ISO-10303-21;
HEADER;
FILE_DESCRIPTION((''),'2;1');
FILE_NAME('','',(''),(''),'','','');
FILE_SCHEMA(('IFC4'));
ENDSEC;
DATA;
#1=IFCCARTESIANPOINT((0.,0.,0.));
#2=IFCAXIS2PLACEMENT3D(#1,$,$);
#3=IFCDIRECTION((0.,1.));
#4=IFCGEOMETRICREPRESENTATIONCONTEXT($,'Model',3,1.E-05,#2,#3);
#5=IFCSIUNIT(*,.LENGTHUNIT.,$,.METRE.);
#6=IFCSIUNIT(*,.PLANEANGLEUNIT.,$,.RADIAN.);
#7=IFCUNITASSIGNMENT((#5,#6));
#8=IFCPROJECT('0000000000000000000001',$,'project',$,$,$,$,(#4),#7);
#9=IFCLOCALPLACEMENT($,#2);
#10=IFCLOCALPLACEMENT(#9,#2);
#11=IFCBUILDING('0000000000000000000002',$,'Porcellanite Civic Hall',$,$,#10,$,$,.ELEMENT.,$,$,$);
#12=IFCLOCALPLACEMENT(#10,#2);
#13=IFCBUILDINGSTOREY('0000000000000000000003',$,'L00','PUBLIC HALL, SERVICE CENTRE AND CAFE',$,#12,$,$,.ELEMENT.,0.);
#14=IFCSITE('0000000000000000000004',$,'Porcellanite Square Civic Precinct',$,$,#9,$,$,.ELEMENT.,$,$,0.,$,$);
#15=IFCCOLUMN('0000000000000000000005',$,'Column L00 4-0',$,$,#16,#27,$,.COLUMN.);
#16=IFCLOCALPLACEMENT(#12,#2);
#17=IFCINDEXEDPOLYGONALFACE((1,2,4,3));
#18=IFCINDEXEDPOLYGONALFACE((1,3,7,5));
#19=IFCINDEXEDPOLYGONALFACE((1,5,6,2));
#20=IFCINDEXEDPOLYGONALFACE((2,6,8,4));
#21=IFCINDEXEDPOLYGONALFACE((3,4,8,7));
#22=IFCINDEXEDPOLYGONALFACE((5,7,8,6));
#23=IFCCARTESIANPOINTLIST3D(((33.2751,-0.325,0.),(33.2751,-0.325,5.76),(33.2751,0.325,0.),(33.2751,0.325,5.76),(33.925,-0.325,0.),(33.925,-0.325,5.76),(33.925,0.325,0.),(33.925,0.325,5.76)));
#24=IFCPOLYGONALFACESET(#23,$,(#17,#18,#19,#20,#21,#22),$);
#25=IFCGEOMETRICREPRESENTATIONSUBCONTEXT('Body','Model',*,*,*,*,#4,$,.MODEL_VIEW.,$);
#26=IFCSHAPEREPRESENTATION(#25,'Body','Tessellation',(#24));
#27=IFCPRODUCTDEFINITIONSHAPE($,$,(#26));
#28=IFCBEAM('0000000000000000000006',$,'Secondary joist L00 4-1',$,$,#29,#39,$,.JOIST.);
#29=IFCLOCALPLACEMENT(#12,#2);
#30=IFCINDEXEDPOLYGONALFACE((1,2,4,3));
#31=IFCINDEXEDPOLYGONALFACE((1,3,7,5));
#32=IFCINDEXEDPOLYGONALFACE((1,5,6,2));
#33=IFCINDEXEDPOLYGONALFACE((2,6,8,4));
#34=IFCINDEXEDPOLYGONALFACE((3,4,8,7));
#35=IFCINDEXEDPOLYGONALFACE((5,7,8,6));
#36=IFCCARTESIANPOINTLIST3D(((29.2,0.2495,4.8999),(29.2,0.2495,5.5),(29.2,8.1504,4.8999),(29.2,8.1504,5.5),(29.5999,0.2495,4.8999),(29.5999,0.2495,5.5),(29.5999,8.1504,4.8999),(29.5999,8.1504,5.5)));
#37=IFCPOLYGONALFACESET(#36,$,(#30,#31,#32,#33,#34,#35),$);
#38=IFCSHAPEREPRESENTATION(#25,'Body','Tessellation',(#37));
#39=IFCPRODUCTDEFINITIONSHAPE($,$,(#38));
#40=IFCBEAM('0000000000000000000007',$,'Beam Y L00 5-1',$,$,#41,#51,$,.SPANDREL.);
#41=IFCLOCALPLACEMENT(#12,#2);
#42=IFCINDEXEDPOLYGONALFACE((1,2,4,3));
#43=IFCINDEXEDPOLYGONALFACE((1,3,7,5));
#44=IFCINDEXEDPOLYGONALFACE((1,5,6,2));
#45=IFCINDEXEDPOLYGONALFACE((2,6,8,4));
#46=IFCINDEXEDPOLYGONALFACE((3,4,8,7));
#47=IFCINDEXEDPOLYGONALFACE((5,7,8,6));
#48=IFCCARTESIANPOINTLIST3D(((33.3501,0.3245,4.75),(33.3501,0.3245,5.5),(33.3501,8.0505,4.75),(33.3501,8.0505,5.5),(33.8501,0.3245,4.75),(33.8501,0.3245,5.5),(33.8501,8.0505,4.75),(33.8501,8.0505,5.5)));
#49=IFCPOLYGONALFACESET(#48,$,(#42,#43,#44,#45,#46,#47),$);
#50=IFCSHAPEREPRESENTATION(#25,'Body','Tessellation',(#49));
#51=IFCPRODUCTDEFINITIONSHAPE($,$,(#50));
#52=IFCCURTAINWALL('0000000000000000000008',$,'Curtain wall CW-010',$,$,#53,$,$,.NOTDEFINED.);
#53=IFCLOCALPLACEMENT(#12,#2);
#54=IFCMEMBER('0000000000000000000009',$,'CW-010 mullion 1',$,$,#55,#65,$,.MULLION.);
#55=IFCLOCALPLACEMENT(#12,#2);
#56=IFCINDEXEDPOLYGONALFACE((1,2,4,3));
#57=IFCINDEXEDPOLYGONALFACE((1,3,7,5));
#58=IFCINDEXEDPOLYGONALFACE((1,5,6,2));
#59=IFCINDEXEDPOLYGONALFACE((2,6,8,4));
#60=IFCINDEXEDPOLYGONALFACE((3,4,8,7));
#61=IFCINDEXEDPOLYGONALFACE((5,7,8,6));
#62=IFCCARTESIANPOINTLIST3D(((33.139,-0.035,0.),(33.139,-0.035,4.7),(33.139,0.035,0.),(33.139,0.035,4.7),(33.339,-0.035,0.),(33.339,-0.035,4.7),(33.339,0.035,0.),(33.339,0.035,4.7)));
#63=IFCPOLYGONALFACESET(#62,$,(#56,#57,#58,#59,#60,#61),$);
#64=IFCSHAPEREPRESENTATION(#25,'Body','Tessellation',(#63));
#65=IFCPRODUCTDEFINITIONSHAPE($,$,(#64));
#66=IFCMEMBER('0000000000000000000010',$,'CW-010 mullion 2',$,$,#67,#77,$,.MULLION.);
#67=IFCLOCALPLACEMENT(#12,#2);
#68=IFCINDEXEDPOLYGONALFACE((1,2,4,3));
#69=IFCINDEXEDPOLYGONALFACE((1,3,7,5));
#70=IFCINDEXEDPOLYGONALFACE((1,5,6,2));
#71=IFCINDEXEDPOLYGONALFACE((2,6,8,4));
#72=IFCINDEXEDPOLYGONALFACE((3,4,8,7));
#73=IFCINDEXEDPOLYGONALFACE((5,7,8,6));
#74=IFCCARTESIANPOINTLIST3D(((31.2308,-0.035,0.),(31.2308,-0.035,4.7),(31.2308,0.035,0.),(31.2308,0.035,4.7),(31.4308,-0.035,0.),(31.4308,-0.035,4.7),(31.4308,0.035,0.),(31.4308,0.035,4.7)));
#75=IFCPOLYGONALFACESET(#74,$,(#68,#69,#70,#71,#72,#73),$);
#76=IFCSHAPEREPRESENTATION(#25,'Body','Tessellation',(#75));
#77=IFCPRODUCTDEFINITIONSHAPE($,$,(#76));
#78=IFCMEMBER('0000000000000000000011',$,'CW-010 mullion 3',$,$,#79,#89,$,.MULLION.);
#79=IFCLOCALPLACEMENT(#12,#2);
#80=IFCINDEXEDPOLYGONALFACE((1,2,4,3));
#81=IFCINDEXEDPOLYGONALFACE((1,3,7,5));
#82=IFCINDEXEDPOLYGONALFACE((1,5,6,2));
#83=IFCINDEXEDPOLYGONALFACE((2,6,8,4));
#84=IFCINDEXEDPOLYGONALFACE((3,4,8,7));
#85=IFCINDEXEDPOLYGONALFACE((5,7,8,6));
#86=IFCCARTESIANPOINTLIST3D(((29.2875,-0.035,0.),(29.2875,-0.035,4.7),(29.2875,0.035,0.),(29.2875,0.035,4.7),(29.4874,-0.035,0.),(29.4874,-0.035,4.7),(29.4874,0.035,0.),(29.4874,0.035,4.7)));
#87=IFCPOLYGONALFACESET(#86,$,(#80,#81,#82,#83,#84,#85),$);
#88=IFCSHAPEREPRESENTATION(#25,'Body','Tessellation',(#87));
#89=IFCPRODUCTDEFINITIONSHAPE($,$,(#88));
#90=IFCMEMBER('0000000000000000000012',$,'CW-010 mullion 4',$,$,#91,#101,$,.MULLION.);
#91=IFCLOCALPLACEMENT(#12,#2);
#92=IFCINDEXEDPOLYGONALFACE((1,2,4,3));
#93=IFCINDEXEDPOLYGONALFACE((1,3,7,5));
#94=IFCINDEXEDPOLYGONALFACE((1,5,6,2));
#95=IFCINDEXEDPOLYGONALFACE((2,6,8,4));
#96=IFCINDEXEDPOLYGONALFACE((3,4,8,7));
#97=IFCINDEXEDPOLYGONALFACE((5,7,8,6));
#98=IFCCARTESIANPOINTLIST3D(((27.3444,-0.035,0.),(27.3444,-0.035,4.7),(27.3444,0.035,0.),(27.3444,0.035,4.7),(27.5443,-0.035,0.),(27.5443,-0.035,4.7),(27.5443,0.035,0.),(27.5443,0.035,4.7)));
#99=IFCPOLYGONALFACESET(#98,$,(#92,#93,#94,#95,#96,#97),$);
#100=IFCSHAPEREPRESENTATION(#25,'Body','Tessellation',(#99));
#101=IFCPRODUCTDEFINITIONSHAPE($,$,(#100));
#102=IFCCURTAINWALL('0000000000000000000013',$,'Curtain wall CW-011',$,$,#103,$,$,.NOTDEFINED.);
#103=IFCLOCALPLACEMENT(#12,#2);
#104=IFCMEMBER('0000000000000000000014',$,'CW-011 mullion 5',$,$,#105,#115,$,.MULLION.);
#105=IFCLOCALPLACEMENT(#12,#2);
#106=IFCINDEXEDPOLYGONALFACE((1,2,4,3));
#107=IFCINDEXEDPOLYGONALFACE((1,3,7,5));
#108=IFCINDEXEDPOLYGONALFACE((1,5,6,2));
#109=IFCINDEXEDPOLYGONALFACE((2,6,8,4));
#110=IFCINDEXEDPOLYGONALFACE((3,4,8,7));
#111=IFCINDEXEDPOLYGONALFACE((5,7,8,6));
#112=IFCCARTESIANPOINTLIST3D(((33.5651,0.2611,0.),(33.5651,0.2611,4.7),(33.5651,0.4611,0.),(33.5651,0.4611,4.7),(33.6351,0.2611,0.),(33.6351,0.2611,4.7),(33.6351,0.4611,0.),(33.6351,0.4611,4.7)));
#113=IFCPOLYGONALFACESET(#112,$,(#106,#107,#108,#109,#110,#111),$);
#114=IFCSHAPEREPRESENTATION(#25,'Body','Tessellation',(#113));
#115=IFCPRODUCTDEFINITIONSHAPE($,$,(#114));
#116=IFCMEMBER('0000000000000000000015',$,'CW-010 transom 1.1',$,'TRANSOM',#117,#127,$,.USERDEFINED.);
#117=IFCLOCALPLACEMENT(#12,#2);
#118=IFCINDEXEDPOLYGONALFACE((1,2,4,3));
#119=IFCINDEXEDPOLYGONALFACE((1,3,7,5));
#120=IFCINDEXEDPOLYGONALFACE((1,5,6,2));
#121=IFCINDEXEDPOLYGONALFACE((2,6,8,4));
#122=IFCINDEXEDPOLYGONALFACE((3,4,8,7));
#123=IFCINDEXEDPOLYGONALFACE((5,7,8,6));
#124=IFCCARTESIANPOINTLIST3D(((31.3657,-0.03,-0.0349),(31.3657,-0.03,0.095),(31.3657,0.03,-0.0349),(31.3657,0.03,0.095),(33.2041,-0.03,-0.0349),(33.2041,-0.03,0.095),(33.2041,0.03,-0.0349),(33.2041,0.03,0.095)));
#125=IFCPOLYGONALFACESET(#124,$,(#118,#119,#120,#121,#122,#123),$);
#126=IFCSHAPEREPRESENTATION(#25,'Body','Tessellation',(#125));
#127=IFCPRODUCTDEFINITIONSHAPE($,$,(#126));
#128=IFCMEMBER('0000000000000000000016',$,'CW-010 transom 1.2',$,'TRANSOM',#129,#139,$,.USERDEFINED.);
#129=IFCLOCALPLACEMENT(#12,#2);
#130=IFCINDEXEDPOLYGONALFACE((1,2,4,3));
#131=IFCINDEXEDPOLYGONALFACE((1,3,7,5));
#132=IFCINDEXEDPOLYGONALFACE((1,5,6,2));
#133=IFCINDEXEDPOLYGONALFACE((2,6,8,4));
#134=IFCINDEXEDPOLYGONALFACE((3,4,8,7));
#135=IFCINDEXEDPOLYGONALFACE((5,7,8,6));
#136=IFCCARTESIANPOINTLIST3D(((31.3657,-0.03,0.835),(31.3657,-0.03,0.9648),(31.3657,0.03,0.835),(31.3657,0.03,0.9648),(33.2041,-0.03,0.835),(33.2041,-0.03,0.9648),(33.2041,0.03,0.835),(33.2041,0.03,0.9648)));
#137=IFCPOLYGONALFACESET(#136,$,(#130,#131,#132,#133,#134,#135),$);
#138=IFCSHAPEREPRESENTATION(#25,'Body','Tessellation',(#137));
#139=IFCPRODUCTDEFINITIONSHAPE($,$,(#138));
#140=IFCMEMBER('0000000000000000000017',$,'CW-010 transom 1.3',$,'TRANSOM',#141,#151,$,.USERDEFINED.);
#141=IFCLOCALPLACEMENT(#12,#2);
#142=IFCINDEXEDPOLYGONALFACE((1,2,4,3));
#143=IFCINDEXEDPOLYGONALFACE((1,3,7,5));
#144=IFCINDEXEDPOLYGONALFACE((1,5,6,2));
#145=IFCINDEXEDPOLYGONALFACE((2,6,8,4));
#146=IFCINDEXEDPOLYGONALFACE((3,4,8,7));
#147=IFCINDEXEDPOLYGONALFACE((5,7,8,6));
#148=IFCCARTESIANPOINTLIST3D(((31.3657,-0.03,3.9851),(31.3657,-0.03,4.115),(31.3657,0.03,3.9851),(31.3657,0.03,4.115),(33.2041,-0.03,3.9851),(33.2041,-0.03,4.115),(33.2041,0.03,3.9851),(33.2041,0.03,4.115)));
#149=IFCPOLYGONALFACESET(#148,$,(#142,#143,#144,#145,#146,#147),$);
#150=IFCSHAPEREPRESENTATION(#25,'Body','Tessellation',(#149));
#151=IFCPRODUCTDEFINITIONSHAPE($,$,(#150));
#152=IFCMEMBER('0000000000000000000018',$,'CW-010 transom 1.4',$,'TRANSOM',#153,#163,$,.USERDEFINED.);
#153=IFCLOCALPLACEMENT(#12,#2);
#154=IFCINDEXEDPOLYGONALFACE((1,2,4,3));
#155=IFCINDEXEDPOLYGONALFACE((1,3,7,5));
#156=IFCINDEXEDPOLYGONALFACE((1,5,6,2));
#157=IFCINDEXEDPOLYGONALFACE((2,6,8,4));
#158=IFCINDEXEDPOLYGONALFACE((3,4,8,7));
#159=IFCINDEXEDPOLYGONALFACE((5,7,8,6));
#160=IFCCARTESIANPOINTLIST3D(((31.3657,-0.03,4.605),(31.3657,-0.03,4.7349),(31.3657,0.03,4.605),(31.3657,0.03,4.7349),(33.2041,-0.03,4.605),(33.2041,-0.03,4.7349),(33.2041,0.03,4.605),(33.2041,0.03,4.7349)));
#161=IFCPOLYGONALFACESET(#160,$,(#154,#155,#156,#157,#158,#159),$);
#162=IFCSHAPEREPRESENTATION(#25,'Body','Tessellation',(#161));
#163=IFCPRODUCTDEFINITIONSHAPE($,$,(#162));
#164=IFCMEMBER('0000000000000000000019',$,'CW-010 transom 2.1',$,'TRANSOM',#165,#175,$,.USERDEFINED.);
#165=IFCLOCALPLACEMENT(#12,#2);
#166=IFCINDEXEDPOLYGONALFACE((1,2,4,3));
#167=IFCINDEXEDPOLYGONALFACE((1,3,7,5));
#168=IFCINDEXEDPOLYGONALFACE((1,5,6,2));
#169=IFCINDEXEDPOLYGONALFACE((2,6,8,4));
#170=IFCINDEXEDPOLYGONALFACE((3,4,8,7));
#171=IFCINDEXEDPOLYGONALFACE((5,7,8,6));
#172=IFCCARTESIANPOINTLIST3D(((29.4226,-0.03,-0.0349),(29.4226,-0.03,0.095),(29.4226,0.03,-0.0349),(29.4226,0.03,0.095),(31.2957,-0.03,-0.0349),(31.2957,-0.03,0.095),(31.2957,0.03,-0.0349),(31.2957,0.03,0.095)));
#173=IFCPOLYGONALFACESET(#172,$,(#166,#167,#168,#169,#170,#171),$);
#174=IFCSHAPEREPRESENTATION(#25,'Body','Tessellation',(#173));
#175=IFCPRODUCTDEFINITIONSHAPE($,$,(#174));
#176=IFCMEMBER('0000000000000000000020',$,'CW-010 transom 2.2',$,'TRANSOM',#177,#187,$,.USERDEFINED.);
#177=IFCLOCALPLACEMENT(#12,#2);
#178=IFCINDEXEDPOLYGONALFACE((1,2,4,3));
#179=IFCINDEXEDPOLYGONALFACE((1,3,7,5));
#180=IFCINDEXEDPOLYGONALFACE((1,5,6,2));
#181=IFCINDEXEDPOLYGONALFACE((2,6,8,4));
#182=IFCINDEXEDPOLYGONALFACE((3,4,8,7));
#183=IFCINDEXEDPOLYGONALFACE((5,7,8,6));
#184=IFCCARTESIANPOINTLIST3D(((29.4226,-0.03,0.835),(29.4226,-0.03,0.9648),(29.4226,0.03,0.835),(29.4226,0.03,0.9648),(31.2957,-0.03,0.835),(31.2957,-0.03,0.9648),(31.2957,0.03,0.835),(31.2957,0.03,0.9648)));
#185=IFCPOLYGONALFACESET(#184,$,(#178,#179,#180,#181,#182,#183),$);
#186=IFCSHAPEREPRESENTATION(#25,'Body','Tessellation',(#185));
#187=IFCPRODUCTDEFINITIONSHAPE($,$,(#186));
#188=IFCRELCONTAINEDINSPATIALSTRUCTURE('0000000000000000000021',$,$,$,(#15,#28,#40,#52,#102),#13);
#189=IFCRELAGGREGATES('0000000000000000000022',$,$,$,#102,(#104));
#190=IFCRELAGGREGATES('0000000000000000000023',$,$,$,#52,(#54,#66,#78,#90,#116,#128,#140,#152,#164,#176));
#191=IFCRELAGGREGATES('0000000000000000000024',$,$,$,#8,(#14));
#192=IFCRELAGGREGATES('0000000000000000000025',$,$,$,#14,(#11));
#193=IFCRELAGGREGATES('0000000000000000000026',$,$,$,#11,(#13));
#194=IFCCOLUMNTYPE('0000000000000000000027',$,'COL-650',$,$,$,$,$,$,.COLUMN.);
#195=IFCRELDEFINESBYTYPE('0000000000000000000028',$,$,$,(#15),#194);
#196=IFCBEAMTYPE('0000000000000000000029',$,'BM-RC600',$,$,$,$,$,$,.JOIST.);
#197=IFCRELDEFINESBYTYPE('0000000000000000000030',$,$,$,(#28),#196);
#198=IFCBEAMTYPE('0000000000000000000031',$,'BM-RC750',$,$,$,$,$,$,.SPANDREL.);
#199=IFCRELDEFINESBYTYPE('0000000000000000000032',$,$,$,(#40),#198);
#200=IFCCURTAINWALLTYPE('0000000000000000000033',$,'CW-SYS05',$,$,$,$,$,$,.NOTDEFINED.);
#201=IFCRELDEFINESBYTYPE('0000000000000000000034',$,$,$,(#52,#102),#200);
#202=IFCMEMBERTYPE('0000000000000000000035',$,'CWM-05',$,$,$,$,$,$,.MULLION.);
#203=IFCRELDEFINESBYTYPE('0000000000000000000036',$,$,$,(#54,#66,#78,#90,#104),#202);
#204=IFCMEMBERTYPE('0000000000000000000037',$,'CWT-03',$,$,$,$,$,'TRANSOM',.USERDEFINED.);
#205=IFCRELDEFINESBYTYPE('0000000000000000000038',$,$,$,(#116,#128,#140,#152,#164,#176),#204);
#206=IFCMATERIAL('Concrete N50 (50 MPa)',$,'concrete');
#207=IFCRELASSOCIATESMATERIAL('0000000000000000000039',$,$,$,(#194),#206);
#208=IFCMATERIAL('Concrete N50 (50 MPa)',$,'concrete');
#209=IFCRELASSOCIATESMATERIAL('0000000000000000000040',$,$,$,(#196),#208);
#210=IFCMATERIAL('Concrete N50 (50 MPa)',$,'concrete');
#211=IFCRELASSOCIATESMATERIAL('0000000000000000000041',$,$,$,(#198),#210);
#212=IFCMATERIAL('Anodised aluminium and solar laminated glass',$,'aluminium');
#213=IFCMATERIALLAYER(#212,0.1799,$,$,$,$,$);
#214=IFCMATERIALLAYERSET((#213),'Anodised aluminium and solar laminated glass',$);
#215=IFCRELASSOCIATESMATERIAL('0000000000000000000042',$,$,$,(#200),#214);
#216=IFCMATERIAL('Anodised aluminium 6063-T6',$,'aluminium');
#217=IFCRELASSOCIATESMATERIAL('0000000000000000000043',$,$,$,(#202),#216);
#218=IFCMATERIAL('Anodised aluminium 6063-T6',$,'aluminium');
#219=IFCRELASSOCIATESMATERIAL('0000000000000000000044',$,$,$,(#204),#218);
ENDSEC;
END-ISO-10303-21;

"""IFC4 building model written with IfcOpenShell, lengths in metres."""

from ifc_helpers import new_model, si_unit, direction, frame, origin, origin_2d, place, context, subcontext, project, spatial, rectangle, extrude, material, layer, layer_set, material_profile, profile_set, type_object, element, aggregate, save


model = new_model("IFC4")

# Units and contexts
model_context = context("Model", 3, precision=1e-05, world=origin(), true_north=direction((0.0, 1.0)))
body_context = subcontext(model_context, "Body", "Model", "MODEL_VIEW")
ifc_project = project(units=[si_unit("LENGTHUNIT", "METRE"), si_unit("PLANEANGLEUNIT", "RADIAN")], contexts=[model_context])

# Site, building, storey
site_placement = place(None, origin())
site = spatial("IfcSite", under=ifc_project, at=site_placement, Name="Porcellanite Square Civic Precinct", CompositionType="ELEMENT", RefElevation=0.0)
building_placement = place(site_placement, origin())
building = spatial("IfcBuilding", under=site, at=building_placement, Name="Porcellanite Civic Hall", CompositionType="ELEMENT")
storey_placement = place(building_placement, origin())
storey = spatial("IfcBuildingStorey", under=building, at=storey_placement, Name="L00", Description="PUBLIC HALL, SERVICE CENTRE AND CAFE", CompositionType="ELEMENT", Elevation=0.0)

# Column
ifc_material_1 = material(Name="Concrete N50 (50 MPa)", Category="concrete")
ifc_material_profile_1 = material_profile(ifc_material_1, rectangle(XDim=0.6499, YDim=0.6499, at=origin_2d()), Name="RC-650x650")
ifc_profile_set_1 = profile_set([ifc_material_profile_1], Name="Concrete N50 (50 MPa)")
column_type = type_object("IfcColumnType", Name="COL-650", PredefinedType="COLUMN", material=ifc_profile_set_1)
column_placement = place(storey_placement, frame((33.6001, 0.0, 0.0), z_axis=(0.0, 0.0, 1.0), x_axis=(1.0, 0.0, 0.0)))
element("IfcColumn", 1, at=column_placement, inside=storey, type_object=column_type, Name="Column L00 4-0", PredefinedType="COLUMN", context=body_context, shape_type="SweptSolid", body=[
    extrude(rectangle(XDim=0.6499, YDim=0.6499, at=origin_2d()), origin(), (0.0, 0.0, 1.0), 5.76),
])

# Beams
ifc_material_2 = material(Name="Concrete N50 (50 MPa)", Category="concrete")
ifc_material_profile_2 = material_profile(ifc_material_2, rectangle(XDim=0.3999, YDim=0.6001, at=origin_2d()), Name="RC-400x600")
ifc_profile_set_2 = profile_set([ifc_material_profile_2], Name="Concrete N50 (50 MPa)")
beam_type_1 = type_object("IfcBeamType", Name="BM-RC600", PredefinedType="JOIST", material=ifc_profile_set_2)
beam_1_placement = place(storey_placement, frame((29.3999, 0.2495, 5.2), z_axis=(0.0, 1.0, 0.0), x_axis=(-1.0, 0.0, 0.0)))
element("IfcBeam", 2, at=beam_1_placement, inside=storey, type_object=beam_type_1, Name="Secondary joist L00 4-1", PredefinedType="JOIST", context=body_context, shape_type="SweptSolid", body=[
    extrude(rectangle(XDim=0.3999, YDim=0.6001, at=origin_2d()), origin(), (0.0, 0.0, 1.0), 7.9009),
])
ifc_material_3 = material(Name="Concrete N50 (50 MPa)", Category="concrete")
ifc_material_profile_3 = material_profile(ifc_material_3, rectangle(XDim=0.5, YDim=0.75, at=origin_2d()), Name="RC-500x750")
ifc_profile_set_3 = profile_set([ifc_material_profile_3], Name="Concrete N50 (50 MPa)")
beam_type_2 = type_object("IfcBeamType", Name="BM-RC750", PredefinedType="SPANDREL", material=ifc_profile_set_3)
beam_2_placement = place(storey_placement, frame((33.6001, 0.3245, 5.125), z_axis=(0.0, 1.0, 0.0), x_axis=(-1.0, 0.0, 0.0)))
element("IfcBeam", 3, at=beam_2_placement, inside=storey, type_object=beam_type_2, Name="Beam Y L00 5-1", PredefinedType="SPANDREL", context=body_context, shape_type="SweptSolid", body=[
    extrude(rectangle(XDim=0.5, YDim=0.75, at=origin_2d()), origin(), (0.0, 0.0, 1.0), 7.7261),
])

# Curtain wall, members
ifc_material_4 = material(Name="Anodised aluminium and solar laminated glass", Category="aluminium")
ifc_layer_1 = layer(ifc_material_4, 0.1799)
ifc_layer_set_1 = layer_set([ifc_layer_1], Name="Anodised aluminium and solar laminated glass")
curtain_wall_type = type_object("IfcCurtainWallType", Name="CW-SYS05", PredefinedType="NOTDEFINED", material=ifc_layer_set_1)
curtain_wall_1_placement = place(storey_placement, origin())
curtain_wall_1 = element("IfcCurtainWall", 4, at=curtain_wall_1_placement, inside=storey, type_object=curtain_wall_type, Name="Curtain wall CW-010", PredefinedType="NOTDEFINED")
ifc_material_5 = material(Name="Anodised aluminium 6063-T6", Category="aluminium")
ifc_material_profile_4 = material_profile(ifc_material_5, rectangle(XDim=0.0701, YDim=0.2, at=origin_2d()), Name="AL-70x200")
ifc_profile_set_4 = profile_set([ifc_material_profile_4], Name="Anodised aluminium 6063-T6")
member_type_1 = type_object("IfcMemberType", Name="CWM-05", PredefinedType="MULLION", material=ifc_profile_set_4)
member_1_placement = place(storey_placement, frame((33.239, 0.0, 0.0), z_axis=(0.0, 0.0, 1.0), x_axis=(0.0, -1.0, 0.0)))
member_1 = element("IfcMember", 5, at=member_1_placement, type_object=member_type_1, Name="CW-010 mullion 1", PredefinedType="MULLION", context=body_context, shape_type="SweptSolid", body=[
    extrude(rectangle(XDim=0.0701, YDim=0.2, at=origin_2d()), origin(), (0.0, 0.0, 1.0), 4.7),
])
member_2_placement = place(storey_placement, frame((31.3308, 0.0, 0.0), z_axis=(0.0, 0.0, 1.0), x_axis=(0.0, -1.0, 0.0)))
member_2 = element("IfcMember", 6, at=member_2_placement, type_object=member_type_1, Name="CW-010 mullion 2", PredefinedType="MULLION", context=body_context, shape_type="SweptSolid", body=[
    extrude(rectangle(XDim=0.0701, YDim=0.2, at=origin_2d()), origin(), (0.0, 0.0, 1.0), 4.7),
])
member_3_placement = place(storey_placement, frame((29.3875, 0.0, 0.0), z_axis=(0.0, 0.0, 1.0), x_axis=(0.0, -1.0, 0.0)))
member_3 = element("IfcMember", 7, at=member_3_placement, type_object=member_type_1, Name="CW-010 mullion 3", PredefinedType="MULLION", context=body_context, shape_type="SweptSolid", body=[
    extrude(rectangle(XDim=0.0701, YDim=0.2, at=origin_2d()), origin(), (0.0, 0.0, 1.0), 4.7),
])
member_4_placement = place(storey_placement, frame((27.4443, 0.0, 0.0), z_axis=(0.0, 0.0, 1.0), x_axis=(0.0, -1.0, 0.0)))
member_4 = element("IfcMember", 8, at=member_4_placement, type_object=member_type_1, Name="CW-010 mullion 4", PredefinedType="MULLION", context=body_context, shape_type="SweptSolid", body=[
    extrude(rectangle(XDim=0.0701, YDim=0.2, at=origin_2d()), origin(), (0.0, 0.0, 1.0), 4.7),
])

# Curtain wall, member
curtain_wall_2_placement = place(storey_placement, origin())
curtain_wall_2 = element("IfcCurtainWall", 9, at=curtain_wall_2_placement, inside=storey, type_object=curtain_wall_type, Name="Curtain wall CW-011", PredefinedType="NOTDEFINED")
member_5_placement = place(storey_placement, frame((33.6001, 0.3611, 0.0), z_axis=(0.0, 0.0, 1.0), x_axis=(1.0, 0.0, 0.0)))
member_5 = element("IfcMember", 10, at=member_5_placement, type_object=member_type_1, Name="CW-011 mullion 5", PredefinedType="MULLION", context=body_context, shape_type="SweptSolid", body=[
    extrude(rectangle(XDim=0.0701, YDim=0.2, at=origin_2d()), origin(), (0.0, 0.0, 1.0), 4.7),
])
aggregate(curtain_wall_2, [member_5])

# Members
ifc_material_6 = material(Name="Anodised aluminium 6063-T6", Category="aluminium")
ifc_material_profile_5 = material_profile(ifc_material_6, rectangle(XDim=0.0601, YDim=0.1299, at=origin_2d()), Name="AL-60x130")
ifc_profile_set_5 = profile_set([ifc_material_profile_5], Name="Anodised aluminium 6063-T6")
member_type_2 = type_object("IfcMemberType", Name="CWT-03", ElementType="TRANSOM", PredefinedType="USERDEFINED", material=ifc_profile_set_5)
member_6_placement = place(storey_placement, frame((33.2041, 0.0, 0.03), z_axis=(-1.0, 0.0, 0.0), x_axis=(0.0, -1.0, 0.0)))
member_6 = element("IfcMember", 11, at=member_6_placement, type_object=member_type_2, Name="CW-010 transom 1.1", ObjectType="TRANSOM", PredefinedType="USERDEFINED", context=body_context, shape_type="SweptSolid", body=[
    extrude(rectangle(XDim=0.0601, YDim=0.1299, at=origin_2d()), origin(), (0.0, 0.0, 1.0), 1.8384),
])
member_7_placement = place(storey_placement, frame((33.2041, 0.0, 0.8999), z_axis=(-1.0, 0.0, 0.0), x_axis=(0.0, -1.0, 0.0)))
member_7 = element("IfcMember", 12, at=member_7_placement, type_object=member_type_2, Name="CW-010 transom 1.2", ObjectType="TRANSOM", PredefinedType="USERDEFINED", context=body_context, shape_type="SweptSolid", body=[
    extrude(rectangle(XDim=0.0601, YDim=0.1299, at=origin_2d()), origin(), (0.0, 0.0, 1.0), 1.8384),
])
member_8_placement = place(storey_placement, frame((33.2041, 0.0, 4.05), z_axis=(-1.0, 0.0, 0.0), x_axis=(0.0, -1.0, 0.0)))
member_8 = element("IfcMember", 13, at=member_8_placement, type_object=member_type_2, Name="CW-010 transom 1.3", ObjectType="TRANSOM", PredefinedType="USERDEFINED", context=body_context, shape_type="SweptSolid", body=[
    extrude(rectangle(XDim=0.0601, YDim=0.1299, at=origin_2d()), origin(), (0.0, 0.0, 1.0), 1.8384),
])
member_9_placement = place(storey_placement, frame((33.2041, 0.0, 4.6699), z_axis=(-1.0, 0.0, 0.0), x_axis=(0.0, -1.0, 0.0)))
member_9 = element("IfcMember", 14, at=member_9_placement, type_object=member_type_2, Name="CW-010 transom 1.4", ObjectType="TRANSOM", PredefinedType="USERDEFINED", context=body_context, shape_type="SweptSolid", body=[
    extrude(rectangle(XDim=0.0601, YDim=0.1299, at=origin_2d()), origin(), (0.0, 0.0, 1.0), 1.8384),
])
member_10_placement = place(storey_placement, frame((31.2957, 0.0, 0.03), z_axis=(-1.0, 0.0, 0.0), x_axis=(0.0, -1.0, 0.0)))
member_10 = element("IfcMember", 15, at=member_10_placement, type_object=member_type_2, Name="CW-010 transom 2.1", ObjectType="TRANSOM", PredefinedType="USERDEFINED", context=body_context, shape_type="SweptSolid", body=[
    extrude(rectangle(XDim=0.0601, YDim=0.1299, at=origin_2d()), origin(), (0.0, 0.0, 1.0), 1.873),
])
member_11_placement = place(storey_placement, frame((31.2957, 0.0, 0.8999), z_axis=(-1.0, 0.0, 0.0), x_axis=(0.0, -1.0, 0.0)))
member_11 = element("IfcMember", 16, at=member_11_placement, type_object=member_type_2, Name="CW-010 transom 2.2", ObjectType="TRANSOM", PredefinedType="USERDEFINED", context=body_context, shape_type="SweptSolid", body=[
    extrude(rectangle(XDim=0.0601, YDim=0.1299, at=origin_2d()), origin(), (0.0, 0.0, 1.0), 1.873),
])

aggregate(curtain_wall_1, [member_1, member_2, member_3, member_4, member_6, member_7, member_8, member_9, member_10, member_11])

save(model, "model.ifc")
